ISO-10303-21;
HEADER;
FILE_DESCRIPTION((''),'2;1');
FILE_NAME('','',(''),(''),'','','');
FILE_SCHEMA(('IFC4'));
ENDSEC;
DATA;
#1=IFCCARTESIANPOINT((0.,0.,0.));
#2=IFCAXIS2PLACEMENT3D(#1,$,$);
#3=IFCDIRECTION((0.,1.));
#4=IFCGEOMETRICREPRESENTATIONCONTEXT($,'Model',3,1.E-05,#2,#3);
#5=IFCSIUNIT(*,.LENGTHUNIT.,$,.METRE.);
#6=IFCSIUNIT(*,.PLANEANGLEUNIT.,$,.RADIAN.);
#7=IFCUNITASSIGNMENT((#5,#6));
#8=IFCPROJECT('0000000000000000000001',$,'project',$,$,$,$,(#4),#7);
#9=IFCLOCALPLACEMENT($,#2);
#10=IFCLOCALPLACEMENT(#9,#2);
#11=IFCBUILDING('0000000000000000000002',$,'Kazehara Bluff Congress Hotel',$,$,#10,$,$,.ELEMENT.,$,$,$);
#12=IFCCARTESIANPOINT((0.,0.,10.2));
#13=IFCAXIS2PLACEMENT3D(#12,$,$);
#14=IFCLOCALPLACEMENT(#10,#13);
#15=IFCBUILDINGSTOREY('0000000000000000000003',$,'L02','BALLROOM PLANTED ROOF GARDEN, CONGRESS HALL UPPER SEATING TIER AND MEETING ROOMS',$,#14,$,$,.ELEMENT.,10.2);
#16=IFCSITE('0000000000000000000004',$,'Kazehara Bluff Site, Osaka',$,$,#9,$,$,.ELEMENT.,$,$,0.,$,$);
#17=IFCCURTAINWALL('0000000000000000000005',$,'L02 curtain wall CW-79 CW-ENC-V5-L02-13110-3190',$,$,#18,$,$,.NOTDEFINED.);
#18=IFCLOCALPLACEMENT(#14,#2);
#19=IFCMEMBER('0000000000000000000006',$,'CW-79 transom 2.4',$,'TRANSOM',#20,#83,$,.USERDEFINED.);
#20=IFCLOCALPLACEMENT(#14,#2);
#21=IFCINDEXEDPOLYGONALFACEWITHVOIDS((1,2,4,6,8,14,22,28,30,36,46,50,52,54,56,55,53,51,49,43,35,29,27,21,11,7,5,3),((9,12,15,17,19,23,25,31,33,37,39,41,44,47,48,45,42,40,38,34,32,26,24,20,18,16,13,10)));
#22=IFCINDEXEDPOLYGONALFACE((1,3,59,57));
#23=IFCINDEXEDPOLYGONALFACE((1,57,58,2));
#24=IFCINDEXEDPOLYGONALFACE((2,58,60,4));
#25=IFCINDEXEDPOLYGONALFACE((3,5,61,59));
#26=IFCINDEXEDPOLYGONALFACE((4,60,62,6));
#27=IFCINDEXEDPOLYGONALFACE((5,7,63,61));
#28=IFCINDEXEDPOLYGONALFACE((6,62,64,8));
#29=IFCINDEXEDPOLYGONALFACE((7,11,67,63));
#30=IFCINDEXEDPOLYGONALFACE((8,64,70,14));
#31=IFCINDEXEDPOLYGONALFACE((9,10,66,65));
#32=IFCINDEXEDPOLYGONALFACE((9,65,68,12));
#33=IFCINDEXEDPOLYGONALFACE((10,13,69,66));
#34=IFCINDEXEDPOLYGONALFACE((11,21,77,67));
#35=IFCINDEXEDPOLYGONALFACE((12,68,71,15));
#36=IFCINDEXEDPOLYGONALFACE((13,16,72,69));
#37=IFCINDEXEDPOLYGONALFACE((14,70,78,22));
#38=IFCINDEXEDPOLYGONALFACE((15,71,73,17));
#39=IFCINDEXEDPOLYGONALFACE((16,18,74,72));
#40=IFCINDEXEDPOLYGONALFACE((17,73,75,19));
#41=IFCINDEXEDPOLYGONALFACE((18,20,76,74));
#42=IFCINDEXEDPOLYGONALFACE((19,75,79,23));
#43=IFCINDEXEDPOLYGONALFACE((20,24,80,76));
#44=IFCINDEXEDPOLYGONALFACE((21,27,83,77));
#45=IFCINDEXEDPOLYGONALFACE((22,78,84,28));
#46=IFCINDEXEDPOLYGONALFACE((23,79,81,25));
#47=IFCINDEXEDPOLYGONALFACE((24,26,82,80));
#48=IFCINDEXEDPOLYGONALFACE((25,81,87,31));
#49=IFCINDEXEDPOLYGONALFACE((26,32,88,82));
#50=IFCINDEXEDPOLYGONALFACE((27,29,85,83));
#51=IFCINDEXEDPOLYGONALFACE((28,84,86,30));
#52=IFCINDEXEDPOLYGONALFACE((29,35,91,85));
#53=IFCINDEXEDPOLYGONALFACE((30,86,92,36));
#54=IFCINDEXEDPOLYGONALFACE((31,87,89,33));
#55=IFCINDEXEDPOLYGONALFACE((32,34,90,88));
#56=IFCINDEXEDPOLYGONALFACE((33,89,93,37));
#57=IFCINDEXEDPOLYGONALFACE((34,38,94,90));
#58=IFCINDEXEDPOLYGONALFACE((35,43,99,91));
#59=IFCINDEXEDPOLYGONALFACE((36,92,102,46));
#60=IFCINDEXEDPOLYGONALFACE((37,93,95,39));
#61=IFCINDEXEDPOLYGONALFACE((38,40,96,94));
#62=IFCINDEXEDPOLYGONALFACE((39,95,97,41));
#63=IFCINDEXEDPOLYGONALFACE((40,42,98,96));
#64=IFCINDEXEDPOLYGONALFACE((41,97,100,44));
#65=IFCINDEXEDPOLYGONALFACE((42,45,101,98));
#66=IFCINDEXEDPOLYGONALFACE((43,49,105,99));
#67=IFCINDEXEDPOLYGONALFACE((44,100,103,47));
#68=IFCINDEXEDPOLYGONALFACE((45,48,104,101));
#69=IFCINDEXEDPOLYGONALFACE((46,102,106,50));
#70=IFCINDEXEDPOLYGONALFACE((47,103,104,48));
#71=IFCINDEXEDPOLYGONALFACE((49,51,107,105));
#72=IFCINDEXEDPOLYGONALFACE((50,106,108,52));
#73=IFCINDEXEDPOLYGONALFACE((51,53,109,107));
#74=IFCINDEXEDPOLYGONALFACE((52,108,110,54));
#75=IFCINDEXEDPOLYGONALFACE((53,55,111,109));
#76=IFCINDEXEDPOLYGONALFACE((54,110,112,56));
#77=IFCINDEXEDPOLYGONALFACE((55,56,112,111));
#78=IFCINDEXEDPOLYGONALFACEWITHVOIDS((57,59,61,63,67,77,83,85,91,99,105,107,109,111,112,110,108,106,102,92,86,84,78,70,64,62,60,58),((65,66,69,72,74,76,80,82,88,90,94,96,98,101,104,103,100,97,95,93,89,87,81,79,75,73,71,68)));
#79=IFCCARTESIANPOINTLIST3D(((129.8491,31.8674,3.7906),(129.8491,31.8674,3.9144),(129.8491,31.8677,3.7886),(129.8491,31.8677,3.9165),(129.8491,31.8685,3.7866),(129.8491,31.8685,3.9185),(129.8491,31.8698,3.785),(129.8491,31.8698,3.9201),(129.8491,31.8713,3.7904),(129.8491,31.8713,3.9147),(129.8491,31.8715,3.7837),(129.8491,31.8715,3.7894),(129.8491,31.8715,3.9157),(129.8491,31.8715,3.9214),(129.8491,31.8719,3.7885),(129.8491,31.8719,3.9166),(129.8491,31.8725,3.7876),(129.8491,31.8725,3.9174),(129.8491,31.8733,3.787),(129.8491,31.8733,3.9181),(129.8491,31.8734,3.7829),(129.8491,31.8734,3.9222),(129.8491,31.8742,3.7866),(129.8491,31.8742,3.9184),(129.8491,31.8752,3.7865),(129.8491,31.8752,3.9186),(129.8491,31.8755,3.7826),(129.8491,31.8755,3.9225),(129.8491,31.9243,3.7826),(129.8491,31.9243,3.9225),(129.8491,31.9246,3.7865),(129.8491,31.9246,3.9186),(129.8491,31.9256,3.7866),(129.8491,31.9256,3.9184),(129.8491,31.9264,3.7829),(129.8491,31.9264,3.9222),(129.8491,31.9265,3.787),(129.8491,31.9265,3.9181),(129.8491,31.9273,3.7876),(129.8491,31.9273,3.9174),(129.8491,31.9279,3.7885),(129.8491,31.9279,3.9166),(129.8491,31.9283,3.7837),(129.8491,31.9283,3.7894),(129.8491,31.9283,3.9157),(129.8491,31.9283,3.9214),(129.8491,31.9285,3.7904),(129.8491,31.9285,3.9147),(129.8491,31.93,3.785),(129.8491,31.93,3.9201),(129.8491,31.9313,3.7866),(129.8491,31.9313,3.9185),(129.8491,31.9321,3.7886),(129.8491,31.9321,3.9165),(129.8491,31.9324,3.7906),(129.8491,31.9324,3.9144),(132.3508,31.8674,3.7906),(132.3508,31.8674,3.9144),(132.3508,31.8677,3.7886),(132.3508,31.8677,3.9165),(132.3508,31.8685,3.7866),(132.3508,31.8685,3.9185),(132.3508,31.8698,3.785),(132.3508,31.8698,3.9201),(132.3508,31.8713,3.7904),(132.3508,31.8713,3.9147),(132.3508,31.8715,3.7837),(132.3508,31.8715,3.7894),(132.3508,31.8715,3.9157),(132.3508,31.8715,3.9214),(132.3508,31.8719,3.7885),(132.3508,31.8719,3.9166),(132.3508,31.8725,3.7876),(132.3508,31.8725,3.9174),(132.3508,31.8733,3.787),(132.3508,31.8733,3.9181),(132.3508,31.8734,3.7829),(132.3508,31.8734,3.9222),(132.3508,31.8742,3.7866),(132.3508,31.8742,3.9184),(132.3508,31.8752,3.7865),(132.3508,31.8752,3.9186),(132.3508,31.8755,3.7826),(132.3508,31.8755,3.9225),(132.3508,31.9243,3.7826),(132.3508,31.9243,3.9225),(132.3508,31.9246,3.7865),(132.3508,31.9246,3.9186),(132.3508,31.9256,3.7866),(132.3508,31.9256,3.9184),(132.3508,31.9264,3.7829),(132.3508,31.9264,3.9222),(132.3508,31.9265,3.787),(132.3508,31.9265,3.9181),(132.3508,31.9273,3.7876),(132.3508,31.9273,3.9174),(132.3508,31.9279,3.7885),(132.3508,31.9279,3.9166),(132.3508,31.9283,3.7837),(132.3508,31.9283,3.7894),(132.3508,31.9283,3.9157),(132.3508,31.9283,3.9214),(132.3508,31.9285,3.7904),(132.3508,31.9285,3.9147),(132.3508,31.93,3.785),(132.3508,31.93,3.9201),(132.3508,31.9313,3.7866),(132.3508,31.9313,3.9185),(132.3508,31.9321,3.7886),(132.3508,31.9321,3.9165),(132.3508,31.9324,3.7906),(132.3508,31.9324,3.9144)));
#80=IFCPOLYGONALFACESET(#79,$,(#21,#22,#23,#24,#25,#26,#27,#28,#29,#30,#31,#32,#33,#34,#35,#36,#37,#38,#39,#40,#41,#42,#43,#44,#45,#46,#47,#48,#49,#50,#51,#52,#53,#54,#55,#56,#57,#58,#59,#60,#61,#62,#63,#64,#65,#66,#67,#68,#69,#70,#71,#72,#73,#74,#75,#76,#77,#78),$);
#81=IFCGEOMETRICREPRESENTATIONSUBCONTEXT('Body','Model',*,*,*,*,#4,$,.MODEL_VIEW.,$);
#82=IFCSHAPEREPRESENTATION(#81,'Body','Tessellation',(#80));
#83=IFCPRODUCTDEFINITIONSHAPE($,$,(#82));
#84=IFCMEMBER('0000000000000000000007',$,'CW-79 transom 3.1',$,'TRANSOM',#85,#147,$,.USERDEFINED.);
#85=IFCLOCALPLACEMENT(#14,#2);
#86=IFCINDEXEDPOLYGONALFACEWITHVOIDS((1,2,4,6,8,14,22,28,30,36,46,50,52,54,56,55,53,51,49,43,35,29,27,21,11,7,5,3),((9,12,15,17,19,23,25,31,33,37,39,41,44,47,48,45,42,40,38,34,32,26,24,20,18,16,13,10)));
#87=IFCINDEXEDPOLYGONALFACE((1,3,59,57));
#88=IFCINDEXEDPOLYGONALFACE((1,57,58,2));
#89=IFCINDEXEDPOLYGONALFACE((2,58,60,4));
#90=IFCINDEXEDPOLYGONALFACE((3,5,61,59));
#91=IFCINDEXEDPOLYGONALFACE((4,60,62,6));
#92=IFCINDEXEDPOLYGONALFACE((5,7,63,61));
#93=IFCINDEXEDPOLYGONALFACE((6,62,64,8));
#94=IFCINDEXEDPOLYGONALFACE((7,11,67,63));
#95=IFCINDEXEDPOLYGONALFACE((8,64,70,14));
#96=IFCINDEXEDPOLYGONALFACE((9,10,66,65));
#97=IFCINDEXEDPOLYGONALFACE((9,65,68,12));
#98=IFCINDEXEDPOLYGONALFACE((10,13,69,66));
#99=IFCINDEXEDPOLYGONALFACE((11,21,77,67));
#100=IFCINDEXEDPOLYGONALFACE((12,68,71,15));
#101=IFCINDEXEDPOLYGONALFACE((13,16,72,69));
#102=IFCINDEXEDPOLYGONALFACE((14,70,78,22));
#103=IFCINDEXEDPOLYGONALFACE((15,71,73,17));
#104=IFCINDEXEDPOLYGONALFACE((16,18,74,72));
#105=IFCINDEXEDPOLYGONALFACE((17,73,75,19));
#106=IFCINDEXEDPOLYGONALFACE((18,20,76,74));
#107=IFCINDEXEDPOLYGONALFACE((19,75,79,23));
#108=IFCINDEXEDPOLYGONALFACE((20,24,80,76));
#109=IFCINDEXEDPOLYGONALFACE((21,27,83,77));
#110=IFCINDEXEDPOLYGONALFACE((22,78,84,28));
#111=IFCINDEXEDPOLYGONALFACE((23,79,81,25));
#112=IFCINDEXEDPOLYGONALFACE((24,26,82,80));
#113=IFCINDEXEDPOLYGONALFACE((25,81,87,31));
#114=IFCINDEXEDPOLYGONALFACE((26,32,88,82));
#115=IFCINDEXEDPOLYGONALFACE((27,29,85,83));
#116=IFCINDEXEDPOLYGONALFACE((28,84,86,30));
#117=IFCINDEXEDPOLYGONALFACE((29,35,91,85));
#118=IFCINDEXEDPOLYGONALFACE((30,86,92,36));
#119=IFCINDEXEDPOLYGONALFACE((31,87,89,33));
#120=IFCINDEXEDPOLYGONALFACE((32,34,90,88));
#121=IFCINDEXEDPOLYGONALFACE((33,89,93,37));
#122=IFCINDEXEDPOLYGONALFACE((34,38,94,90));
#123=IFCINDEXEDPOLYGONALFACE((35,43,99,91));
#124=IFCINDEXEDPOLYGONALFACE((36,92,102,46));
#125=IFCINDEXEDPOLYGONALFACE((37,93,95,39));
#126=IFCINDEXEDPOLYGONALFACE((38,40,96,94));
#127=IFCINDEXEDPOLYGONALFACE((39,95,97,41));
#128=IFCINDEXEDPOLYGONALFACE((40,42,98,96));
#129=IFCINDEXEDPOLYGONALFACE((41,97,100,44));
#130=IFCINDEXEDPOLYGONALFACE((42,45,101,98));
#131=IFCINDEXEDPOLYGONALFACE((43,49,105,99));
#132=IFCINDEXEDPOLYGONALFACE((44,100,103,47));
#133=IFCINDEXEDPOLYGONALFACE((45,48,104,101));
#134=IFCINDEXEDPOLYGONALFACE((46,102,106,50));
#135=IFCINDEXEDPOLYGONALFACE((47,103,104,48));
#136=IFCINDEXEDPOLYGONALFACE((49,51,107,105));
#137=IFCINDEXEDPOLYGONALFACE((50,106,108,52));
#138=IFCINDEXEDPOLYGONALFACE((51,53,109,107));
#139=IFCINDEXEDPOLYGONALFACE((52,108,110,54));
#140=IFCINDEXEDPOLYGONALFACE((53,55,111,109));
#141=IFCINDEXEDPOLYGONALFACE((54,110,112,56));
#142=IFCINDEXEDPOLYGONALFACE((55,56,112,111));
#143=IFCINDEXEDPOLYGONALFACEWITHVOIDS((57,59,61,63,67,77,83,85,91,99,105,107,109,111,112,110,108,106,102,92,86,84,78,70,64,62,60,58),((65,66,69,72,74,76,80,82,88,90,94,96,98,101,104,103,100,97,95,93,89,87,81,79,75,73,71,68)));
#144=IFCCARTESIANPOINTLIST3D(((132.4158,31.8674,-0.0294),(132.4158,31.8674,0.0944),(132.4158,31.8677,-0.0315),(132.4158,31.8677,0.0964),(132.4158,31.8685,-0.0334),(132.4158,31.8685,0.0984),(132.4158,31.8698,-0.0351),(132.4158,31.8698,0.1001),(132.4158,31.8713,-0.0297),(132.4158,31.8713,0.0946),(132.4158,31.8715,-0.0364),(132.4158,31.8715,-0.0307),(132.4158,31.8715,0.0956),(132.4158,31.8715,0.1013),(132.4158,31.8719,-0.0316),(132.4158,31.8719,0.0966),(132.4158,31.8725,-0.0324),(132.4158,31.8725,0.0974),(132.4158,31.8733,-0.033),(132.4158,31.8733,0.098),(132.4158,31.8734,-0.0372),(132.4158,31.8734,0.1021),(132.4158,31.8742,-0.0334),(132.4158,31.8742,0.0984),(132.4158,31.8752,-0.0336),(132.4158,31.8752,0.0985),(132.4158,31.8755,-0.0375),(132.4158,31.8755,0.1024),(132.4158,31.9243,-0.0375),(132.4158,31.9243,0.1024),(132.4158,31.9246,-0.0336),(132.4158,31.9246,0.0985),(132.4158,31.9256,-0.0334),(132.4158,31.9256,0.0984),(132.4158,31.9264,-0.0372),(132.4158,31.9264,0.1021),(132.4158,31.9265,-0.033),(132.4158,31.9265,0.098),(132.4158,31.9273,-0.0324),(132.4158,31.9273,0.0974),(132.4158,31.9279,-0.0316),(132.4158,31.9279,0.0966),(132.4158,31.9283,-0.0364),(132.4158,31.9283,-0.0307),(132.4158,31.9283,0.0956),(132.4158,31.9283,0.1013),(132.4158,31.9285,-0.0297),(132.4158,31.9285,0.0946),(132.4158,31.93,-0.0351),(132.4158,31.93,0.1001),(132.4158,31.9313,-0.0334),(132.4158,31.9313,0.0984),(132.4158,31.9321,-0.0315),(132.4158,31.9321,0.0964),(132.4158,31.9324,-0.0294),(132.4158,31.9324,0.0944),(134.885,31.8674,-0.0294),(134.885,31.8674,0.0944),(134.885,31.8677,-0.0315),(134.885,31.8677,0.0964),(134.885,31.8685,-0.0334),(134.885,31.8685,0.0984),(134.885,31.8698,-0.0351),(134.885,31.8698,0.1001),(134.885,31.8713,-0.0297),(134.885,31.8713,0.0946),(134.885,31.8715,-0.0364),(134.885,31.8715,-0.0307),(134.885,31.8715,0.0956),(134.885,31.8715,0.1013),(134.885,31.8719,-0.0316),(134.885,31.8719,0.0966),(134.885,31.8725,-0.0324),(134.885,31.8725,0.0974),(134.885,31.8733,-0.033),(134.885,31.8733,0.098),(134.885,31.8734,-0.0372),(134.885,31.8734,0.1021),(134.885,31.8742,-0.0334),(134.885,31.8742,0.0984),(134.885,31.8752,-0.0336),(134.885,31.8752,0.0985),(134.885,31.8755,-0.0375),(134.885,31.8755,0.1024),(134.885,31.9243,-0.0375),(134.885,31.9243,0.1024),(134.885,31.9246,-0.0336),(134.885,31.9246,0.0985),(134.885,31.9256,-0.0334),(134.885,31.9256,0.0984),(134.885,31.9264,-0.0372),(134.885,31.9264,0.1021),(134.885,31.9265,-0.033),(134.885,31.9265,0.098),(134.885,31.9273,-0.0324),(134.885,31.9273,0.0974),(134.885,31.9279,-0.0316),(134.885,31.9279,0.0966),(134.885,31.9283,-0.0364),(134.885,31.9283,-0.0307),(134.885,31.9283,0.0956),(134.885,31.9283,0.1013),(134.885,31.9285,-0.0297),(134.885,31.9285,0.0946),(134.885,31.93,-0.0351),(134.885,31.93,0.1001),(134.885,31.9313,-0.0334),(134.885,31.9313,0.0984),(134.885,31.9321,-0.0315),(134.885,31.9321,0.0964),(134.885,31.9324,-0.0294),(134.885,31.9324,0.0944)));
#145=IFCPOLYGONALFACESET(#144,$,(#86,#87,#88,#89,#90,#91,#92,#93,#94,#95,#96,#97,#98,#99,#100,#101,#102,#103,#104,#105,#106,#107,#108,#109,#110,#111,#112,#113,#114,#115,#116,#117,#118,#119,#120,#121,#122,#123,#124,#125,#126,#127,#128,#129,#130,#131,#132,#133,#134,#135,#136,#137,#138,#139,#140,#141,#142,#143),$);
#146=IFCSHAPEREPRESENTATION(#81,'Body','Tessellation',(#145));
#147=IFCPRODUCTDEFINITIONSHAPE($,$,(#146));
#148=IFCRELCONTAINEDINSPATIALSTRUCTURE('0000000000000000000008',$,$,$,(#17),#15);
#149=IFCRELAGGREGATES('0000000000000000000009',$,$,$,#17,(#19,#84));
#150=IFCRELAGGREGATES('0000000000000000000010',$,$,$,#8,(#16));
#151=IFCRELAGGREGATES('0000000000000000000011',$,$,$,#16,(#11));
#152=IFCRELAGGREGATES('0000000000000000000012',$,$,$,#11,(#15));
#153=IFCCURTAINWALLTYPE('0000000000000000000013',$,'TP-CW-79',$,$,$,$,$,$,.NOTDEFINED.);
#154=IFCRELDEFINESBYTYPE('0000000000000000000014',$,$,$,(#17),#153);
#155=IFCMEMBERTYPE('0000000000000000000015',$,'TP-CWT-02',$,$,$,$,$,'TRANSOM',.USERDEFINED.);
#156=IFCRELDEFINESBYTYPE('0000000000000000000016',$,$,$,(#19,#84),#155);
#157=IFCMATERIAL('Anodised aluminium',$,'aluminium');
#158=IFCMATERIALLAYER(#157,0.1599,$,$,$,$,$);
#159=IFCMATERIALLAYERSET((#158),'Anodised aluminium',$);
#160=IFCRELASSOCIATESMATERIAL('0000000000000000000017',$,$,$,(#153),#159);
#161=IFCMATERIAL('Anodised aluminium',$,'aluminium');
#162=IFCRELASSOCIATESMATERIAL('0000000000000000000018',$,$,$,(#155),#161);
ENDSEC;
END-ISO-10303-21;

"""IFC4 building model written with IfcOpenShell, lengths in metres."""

from ifc_helpers import new_model, si_unit, direction, frame, origin, origin_2d, place, context, subcontext, project, spatial, hollow_rectangle, extrude, material, layer, layer_set, material_profile, profile_set, type_object, element, aggregate, save


model = new_model("IFC4")

# Units and contexts
model_context = context("Model", 3, precision=1e-05, world=origin(), true_north=direction((0.0, 1.0)))
body_context = subcontext(model_context, "Body", "Model", "MODEL_VIEW")
ifc_project = project(units=[si_unit("LENGTHUNIT", "METRE"), si_unit("PLANEANGLEUNIT", "RADIAN")], contexts=[model_context])

# Site, building, storey
site_placement = place(None, origin())
site = spatial("IfcSite", under=ifc_project, at=site_placement, Name="Kazehara Bluff Site, Osaka", CompositionType="ELEMENT", RefElevation=0.0)
building_placement = place(site_placement, origin())
building = spatial("IfcBuilding", under=site, at=building_placement, Name="Kazehara Bluff Congress Hotel", CompositionType="ELEMENT")
storey_placement = place(building_placement, frame((0.0, 0.0, 10.2)))
storey = spatial("IfcBuildingStorey", under=building, at=storey_placement, Name="L02", Description="BALLROOM PLANTED ROOF GARDEN, CONGRESS HALL UPPER SEATING TIER AND MEETING ROOMS", CompositionType="ELEMENT", Elevation=10.2)

# Curtain wall
ifc_material_1 = material(Name="Anodised aluminium", Category="aluminium")
ifc_layer_1 = layer(ifc_material_1, 0.1599)
ifc_layer_set_1 = layer_set([ifc_layer_1], Name="Anodised aluminium")
curtain_wall_type_1 = type_object("IfcCurtainWallType", Name="TP-CW-79", PredefinedType="NOTDEFINED", material=ifc_layer_set_1)
curtain_wall_1_placement = place(storey_placement, origin())
curtain_wall_1 = element("IfcCurtainWall", 1, at=curtain_wall_1_placement, inside=storey, type_object=curtain_wall_type_1, Name="L02 curtain wall CW-79 CW-ENC-V5-L02-13110-3190", PredefinedType="NOTDEFINED")

# Members
ifc_material_2 = material(Name="Anodised aluminium", Category="aluminium")
ifc_material_profile_1 = material_profile(ifc_material_2, hollow_rectangle(XDim=0.0649, YDim=0.1399, WallThickness=0.0039, InnerFilletRadius=0.0039, OuterFilletRadius=0.0081, at=origin_2d()))
ifc_profile_set_1 = profile_set([ifc_material_profile_1], Name="Anodised aluminium")
member_type_1 = type_object("IfcMemberType", Name="TP-CWT-02", ElementType="TRANSOM", PredefinedType="USERDEFINED", material=ifc_profile_set_1)
member_1_placement = place(storey_placement, frame((129.8491, 31.8999, 3.8525), z_axis=(1.0, 0.0, 0.0), x_axis=(0.0, 1.0, 0.0)))
member_1 = element("IfcMember", 2, at=member_1_placement, type_object=member_type_1, Name="CW-79 transom 2.4", ObjectType="TRANSOM", PredefinedType="USERDEFINED", context=body_context, shape_type="SweptSolid", body=[
    extrude(hollow_rectangle(XDim=0.0649, YDim=0.1399, WallThickness=0.0039, InnerFilletRadius=0.0039, OuterFilletRadius=0.0081, at=origin_2d()), origin(), (0.0, 0.0, 1.0), 2.5017),
])
member_2_placement = place(storey_placement, frame((132.4158, 31.8999, 0.0325), z_axis=(1.0, 0.0, 0.0), x_axis=(0.0, 1.0, 0.0)))
member_2 = element("IfcMember", 3, at=member_2_placement, type_object=member_type_1, Name="CW-79 transom 3.1", ObjectType="TRANSOM", PredefinedType="USERDEFINED", context=body_context, shape_type="SweptSolid", body=[
    extrude(hollow_rectangle(XDim=0.0649, YDim=0.1399, WallThickness=0.0039, InnerFilletRadius=0.0039, OuterFilletRadius=0.0081, at=origin_2d()), origin(), (0.0, 0.0, 1.0), 2.4692),
])

aggregate(curtain_wall_1, [member_1, member_2])

save(model, "model.ifc")
